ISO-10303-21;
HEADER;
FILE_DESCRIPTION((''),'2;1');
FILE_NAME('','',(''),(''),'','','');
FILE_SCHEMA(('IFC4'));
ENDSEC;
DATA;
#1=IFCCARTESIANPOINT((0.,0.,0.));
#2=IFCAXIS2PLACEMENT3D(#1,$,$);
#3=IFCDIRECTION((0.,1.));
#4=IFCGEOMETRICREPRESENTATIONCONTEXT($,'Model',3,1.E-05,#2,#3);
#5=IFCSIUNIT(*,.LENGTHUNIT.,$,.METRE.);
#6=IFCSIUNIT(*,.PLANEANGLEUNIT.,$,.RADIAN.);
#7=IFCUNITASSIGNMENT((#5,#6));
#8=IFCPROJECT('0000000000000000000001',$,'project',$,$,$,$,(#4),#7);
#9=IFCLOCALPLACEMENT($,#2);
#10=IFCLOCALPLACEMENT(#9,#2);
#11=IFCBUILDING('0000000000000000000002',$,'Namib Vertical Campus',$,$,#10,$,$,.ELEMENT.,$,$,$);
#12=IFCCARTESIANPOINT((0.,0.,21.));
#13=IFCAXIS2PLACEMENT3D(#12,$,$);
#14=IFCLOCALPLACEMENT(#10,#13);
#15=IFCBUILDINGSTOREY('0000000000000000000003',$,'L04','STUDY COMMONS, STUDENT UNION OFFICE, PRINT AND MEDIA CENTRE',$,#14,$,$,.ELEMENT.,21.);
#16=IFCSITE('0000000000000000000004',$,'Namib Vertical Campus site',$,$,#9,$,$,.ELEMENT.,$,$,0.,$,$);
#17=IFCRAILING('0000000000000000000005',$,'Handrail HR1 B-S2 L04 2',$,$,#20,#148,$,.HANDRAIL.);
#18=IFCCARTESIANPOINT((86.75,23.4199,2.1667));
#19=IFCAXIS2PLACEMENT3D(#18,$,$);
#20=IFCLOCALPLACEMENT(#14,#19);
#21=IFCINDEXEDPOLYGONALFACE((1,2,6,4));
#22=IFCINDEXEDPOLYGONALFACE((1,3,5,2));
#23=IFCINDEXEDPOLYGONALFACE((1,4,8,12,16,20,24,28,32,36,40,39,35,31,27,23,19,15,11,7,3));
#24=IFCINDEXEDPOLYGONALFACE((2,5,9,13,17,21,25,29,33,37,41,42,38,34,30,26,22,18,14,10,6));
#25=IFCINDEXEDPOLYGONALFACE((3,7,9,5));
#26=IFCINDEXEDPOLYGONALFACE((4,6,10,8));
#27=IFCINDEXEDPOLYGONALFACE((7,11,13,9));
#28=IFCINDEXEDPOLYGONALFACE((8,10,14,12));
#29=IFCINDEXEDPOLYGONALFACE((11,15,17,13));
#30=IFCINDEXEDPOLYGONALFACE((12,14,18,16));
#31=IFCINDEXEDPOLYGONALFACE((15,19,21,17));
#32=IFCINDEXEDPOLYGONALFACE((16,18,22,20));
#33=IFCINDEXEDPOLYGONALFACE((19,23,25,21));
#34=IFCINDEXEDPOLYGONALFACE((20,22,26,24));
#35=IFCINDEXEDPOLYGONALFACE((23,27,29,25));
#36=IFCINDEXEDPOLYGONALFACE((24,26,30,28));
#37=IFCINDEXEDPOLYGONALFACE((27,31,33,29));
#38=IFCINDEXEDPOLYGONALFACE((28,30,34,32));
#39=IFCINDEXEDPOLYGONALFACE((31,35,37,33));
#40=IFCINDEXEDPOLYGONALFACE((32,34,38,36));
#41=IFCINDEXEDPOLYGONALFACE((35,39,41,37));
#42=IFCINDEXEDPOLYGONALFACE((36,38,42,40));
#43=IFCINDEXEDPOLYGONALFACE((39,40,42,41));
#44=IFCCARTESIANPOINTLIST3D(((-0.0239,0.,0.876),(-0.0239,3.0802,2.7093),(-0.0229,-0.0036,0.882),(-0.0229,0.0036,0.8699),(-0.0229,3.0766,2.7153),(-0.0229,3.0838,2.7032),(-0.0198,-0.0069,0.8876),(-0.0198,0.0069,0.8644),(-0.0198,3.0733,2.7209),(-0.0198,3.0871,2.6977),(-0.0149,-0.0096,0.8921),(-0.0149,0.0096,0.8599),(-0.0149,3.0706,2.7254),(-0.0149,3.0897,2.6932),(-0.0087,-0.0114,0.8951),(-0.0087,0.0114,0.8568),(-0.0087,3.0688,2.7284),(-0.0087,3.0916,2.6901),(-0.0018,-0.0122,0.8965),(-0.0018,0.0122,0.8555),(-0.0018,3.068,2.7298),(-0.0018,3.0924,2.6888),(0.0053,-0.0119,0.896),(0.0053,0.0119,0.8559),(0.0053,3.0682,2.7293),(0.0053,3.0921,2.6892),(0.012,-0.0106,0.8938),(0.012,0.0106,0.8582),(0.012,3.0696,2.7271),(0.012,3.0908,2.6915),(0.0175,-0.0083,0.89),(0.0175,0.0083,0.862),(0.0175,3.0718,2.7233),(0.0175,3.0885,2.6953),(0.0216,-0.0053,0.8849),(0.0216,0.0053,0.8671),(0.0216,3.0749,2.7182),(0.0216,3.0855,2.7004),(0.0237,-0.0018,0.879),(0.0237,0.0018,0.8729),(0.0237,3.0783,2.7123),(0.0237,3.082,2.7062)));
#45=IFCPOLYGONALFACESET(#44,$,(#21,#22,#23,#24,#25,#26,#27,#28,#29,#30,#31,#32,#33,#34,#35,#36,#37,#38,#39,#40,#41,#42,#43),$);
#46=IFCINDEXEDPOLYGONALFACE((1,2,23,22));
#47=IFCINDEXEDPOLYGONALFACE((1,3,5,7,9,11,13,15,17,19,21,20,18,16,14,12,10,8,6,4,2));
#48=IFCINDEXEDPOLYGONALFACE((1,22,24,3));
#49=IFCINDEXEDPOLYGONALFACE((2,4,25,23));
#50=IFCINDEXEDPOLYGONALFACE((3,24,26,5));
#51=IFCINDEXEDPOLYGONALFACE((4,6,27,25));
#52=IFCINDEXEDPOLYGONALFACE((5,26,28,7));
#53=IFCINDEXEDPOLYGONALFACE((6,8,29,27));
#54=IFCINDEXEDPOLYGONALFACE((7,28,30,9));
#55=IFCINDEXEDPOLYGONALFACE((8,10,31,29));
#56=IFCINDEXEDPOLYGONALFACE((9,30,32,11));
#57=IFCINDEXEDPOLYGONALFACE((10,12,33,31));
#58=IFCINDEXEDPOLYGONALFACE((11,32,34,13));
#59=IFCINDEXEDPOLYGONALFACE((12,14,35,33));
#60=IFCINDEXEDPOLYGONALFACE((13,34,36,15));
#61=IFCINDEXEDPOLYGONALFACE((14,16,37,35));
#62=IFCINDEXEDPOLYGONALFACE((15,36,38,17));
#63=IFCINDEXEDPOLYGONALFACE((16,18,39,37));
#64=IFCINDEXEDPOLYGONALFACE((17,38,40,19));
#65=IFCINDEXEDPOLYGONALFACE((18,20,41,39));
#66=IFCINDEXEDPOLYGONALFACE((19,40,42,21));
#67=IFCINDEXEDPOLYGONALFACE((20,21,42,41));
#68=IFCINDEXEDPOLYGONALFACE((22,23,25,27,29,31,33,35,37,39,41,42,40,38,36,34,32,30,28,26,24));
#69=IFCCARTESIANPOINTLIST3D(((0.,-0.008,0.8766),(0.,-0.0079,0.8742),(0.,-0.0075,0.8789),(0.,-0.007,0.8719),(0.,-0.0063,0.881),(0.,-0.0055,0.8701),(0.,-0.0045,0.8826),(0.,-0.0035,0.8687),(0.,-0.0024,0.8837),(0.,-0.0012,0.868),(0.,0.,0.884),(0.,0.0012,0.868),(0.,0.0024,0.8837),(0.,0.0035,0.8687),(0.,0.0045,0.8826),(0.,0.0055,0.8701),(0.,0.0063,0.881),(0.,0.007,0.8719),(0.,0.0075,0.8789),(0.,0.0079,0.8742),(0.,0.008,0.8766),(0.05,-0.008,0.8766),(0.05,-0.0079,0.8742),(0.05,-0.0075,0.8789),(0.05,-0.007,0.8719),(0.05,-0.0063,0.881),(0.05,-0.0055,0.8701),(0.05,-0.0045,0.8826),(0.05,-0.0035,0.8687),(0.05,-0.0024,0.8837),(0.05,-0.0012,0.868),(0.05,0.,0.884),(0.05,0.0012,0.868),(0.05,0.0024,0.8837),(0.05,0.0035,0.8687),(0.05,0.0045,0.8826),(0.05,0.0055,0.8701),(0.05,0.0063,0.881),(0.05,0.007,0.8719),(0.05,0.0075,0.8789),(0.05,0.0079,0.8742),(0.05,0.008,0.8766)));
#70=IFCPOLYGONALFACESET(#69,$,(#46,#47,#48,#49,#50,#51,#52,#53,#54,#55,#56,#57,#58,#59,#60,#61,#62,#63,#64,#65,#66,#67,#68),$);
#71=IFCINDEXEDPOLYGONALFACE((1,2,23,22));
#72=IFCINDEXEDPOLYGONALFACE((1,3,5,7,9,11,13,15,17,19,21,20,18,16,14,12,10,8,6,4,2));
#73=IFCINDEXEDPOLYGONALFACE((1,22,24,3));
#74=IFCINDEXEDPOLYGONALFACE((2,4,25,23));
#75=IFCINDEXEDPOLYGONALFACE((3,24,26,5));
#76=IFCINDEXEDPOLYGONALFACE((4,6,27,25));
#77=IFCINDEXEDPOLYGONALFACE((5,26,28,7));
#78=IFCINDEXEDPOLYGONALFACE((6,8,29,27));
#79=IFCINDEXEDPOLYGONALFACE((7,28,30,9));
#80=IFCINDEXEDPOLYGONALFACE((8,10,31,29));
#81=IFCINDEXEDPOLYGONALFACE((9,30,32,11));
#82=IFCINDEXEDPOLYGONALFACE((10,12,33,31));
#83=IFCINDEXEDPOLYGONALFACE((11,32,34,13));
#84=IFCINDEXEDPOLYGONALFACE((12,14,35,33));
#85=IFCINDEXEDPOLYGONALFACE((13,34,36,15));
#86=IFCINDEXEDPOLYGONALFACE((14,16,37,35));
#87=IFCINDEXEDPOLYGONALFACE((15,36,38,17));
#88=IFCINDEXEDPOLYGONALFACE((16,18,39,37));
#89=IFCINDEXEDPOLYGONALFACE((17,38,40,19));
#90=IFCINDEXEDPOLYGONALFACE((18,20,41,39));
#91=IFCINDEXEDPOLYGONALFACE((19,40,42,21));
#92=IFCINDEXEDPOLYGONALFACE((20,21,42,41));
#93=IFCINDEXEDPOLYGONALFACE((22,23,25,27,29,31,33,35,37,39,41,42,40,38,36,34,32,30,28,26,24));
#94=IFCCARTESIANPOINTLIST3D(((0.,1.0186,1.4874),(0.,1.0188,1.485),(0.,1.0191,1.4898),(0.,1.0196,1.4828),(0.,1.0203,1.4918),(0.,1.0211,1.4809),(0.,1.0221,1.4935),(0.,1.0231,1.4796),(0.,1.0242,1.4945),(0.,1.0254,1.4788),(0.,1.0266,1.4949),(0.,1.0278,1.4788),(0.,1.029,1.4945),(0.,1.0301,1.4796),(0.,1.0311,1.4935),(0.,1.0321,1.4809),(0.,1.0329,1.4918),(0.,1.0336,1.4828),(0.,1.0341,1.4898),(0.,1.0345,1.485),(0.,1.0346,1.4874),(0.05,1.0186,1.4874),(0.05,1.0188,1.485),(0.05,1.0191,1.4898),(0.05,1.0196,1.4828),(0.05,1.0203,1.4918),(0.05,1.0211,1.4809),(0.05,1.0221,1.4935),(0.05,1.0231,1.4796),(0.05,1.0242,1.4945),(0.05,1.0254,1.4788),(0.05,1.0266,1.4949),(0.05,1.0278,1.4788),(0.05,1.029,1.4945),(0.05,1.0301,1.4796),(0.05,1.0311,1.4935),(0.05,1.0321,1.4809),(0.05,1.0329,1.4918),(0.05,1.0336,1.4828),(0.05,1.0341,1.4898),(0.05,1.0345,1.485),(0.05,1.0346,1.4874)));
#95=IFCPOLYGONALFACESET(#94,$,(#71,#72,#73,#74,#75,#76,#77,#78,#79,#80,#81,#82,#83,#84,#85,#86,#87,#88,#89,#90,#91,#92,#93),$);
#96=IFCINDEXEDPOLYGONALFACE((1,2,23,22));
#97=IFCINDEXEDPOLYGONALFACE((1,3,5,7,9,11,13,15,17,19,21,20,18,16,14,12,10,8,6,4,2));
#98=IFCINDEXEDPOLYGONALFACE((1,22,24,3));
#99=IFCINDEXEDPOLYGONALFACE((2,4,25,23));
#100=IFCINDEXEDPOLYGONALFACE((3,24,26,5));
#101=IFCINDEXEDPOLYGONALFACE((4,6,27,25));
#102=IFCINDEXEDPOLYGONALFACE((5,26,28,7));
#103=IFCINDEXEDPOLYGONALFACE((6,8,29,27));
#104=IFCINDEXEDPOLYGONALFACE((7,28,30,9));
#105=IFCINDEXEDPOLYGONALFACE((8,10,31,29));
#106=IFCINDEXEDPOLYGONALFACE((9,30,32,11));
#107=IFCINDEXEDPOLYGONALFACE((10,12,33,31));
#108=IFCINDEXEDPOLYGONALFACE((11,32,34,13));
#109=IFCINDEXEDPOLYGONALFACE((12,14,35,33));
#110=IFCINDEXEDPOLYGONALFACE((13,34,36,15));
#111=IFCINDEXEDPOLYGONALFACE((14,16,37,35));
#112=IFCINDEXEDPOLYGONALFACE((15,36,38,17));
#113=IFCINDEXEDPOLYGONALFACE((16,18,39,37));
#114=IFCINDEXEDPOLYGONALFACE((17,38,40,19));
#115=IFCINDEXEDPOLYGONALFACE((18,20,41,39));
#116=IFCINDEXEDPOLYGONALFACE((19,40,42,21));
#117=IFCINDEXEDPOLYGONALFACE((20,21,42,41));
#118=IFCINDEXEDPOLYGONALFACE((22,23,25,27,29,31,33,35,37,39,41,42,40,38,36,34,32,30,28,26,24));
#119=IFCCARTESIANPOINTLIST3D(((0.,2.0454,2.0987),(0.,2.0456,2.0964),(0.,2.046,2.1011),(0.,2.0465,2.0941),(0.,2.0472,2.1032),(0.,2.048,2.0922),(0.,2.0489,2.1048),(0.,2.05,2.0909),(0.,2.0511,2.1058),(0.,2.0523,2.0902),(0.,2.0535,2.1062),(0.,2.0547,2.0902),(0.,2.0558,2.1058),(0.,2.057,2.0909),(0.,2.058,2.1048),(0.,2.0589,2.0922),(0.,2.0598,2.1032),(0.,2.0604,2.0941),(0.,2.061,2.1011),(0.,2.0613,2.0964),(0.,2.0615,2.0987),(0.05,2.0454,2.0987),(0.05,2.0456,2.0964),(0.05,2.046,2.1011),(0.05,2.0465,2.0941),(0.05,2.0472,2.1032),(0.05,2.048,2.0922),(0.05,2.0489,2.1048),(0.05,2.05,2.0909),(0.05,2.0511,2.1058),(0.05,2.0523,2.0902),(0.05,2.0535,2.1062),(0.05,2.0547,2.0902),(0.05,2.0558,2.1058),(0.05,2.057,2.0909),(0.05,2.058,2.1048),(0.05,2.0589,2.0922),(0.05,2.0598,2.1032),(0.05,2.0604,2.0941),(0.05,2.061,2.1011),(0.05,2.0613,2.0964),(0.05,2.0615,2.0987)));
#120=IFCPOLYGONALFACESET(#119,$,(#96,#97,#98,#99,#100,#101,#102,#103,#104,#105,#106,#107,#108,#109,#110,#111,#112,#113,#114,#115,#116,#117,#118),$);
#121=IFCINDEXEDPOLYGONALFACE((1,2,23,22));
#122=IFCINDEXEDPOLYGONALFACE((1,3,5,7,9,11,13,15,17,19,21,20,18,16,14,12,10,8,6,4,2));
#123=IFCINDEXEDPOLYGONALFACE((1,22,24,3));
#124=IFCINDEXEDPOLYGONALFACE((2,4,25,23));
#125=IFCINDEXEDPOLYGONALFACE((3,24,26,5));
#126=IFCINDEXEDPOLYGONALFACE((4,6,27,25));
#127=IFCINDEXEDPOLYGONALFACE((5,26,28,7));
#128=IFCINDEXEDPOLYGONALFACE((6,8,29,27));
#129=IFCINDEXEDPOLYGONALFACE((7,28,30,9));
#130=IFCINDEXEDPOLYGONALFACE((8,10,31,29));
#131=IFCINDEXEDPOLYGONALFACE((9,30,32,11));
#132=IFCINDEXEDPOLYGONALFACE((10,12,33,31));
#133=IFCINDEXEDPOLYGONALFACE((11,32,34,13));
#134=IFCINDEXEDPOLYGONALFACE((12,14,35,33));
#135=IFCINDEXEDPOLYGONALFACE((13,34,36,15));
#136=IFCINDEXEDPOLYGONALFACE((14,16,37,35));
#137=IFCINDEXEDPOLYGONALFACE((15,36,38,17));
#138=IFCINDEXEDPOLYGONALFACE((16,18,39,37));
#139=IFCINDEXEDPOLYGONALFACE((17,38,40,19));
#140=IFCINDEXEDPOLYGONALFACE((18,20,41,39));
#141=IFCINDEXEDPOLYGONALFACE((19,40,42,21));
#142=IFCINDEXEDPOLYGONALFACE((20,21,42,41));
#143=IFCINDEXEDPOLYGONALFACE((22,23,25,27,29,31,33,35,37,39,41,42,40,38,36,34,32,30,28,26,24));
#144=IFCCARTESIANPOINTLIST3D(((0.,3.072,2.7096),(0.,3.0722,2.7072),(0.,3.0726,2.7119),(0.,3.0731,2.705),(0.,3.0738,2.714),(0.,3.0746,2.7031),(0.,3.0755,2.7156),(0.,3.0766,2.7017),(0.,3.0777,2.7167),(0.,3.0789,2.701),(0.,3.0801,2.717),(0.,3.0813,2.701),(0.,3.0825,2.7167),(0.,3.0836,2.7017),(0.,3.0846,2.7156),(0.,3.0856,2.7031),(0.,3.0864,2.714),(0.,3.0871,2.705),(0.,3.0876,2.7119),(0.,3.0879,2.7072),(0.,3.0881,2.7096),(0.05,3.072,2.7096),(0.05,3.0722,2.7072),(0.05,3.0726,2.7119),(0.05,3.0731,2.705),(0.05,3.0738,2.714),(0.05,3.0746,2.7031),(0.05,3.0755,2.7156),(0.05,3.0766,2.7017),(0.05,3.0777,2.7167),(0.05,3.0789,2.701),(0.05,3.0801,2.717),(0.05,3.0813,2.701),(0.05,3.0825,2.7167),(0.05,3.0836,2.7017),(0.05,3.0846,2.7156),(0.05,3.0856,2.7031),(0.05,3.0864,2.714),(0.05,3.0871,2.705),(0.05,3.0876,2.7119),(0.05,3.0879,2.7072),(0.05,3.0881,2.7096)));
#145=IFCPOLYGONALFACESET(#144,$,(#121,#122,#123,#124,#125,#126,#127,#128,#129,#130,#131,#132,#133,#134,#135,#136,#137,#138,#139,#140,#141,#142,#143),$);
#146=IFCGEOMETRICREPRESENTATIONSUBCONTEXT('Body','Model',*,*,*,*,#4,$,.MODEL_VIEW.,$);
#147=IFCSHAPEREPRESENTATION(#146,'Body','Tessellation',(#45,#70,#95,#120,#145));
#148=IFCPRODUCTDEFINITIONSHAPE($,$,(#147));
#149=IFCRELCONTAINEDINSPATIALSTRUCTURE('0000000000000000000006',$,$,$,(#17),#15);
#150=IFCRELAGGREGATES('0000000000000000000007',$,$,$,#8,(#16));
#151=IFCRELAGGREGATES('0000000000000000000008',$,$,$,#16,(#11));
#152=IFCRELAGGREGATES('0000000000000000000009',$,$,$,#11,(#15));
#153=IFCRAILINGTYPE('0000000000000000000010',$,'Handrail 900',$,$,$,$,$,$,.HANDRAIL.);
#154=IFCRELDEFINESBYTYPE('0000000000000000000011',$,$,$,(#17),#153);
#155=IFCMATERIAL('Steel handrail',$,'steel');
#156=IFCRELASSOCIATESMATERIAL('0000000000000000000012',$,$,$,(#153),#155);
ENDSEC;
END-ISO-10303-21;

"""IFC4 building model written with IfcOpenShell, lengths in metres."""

from ifc_helpers import new_model, si_unit, direction, frame, origin, origin_2d, place, context, subcontext, project, spatial, circle, extrude, material, type_object, element, save


model = new_model("IFC4")

# Units and contexts
model_context = context("Model", 3, precision=1e-05, world=origin(), true_north=direction((0.0, 1.0)))
body_context = subcontext(model_context, "Body", "Model", "MODEL_VIEW")
ifc_project = project(units=[si_unit("LENGTHUNIT", "METRE"), si_unit("PLANEANGLEUNIT", "RADIAN")], contexts=[model_context])

# Site, building, storey
site_placement = place(None, origin())
site = spatial("IfcSite", under=ifc_project, at=site_placement, Name="Namib Vertical Campus site", CompositionType="ELEMENT", RefElevation=0.0)
building_placement = place(site_placement, origin())
building = spatial("IfcBuilding", under=site, at=building_placement, Name="Namib Vertical Campus", CompositionType="ELEMENT")
storey_placement = place(building_placement, frame((0.0, 0.0, 21.0)))
storey = spatial("IfcBuildingStorey", under=building, at=storey_placement, Name="L04", Description="STUDY COMMONS, STUDENT UNION OFFICE, PRINT AND MEDIA CENTRE", CompositionType="ELEMENT", Elevation=21.0)

# Railing
ifc_material_1 = material(Name="Steel handrail", Category="steel")
railing_type_1 = type_object("IfcRailingType", Name="Handrail 900", PredefinedType="HANDRAIL", material=ifc_material_1)
railing_1_placement = place(storey_placement, frame((86.75, 23.4199, 2.1667)))
element("IfcRailing", 1, at=railing_1_placement, inside=storey, type_object=railing_type_1, Name="Handrail HR1 B-S2 L04 2", PredefinedType="HANDRAIL", context=body_context, shape_type="SweptSolid", body=[
    extrude(circle(Radius=0.0239, at=origin_2d()), frame((0.0, 0.0, 0.876), z_axis=(0.0, 0.859309, 0.511458), x_axis=(-1.0, 0.0, 0.0)), (0.0, 0.0, 1.0), 3.5845),
    extrude(circle(Radius=0.0081, at=origin_2d()), frame((0.0, 0.0, 0.876), z_axis=(1.0, 0.0, 0.0), x_axis=(0.0, 0.0, 1.0)), (0.0, 0.0, 1.0), 0.05),
    extrude(circle(Radius=0.0081, at=origin_2d()), frame((0.0, 1.0266, 1.4868), z_axis=(1.0, 0.0, 0.0), x_axis=(0.0, 0.0, 1.0)), (0.0, 0.0, 1.0), 0.05),
    extrude(circle(Radius=0.0081, at=origin_2d()), frame((0.0, 2.0535, 2.0981), z_axis=(1.0, 0.0, 0.0), x_axis=(0.0, 0.0, 1.0)), (0.0, 0.0, 1.0), 0.05),
    extrude(circle(Radius=0.0081, at=origin_2d()), frame((0.0, 3.0801, 2.709), z_axis=(1.0, 0.0, 0.0), x_axis=(0.0, 0.0, 1.0)), (0.0, 0.0, 1.0), 0.05),
])

save(model, "model.ifc")
